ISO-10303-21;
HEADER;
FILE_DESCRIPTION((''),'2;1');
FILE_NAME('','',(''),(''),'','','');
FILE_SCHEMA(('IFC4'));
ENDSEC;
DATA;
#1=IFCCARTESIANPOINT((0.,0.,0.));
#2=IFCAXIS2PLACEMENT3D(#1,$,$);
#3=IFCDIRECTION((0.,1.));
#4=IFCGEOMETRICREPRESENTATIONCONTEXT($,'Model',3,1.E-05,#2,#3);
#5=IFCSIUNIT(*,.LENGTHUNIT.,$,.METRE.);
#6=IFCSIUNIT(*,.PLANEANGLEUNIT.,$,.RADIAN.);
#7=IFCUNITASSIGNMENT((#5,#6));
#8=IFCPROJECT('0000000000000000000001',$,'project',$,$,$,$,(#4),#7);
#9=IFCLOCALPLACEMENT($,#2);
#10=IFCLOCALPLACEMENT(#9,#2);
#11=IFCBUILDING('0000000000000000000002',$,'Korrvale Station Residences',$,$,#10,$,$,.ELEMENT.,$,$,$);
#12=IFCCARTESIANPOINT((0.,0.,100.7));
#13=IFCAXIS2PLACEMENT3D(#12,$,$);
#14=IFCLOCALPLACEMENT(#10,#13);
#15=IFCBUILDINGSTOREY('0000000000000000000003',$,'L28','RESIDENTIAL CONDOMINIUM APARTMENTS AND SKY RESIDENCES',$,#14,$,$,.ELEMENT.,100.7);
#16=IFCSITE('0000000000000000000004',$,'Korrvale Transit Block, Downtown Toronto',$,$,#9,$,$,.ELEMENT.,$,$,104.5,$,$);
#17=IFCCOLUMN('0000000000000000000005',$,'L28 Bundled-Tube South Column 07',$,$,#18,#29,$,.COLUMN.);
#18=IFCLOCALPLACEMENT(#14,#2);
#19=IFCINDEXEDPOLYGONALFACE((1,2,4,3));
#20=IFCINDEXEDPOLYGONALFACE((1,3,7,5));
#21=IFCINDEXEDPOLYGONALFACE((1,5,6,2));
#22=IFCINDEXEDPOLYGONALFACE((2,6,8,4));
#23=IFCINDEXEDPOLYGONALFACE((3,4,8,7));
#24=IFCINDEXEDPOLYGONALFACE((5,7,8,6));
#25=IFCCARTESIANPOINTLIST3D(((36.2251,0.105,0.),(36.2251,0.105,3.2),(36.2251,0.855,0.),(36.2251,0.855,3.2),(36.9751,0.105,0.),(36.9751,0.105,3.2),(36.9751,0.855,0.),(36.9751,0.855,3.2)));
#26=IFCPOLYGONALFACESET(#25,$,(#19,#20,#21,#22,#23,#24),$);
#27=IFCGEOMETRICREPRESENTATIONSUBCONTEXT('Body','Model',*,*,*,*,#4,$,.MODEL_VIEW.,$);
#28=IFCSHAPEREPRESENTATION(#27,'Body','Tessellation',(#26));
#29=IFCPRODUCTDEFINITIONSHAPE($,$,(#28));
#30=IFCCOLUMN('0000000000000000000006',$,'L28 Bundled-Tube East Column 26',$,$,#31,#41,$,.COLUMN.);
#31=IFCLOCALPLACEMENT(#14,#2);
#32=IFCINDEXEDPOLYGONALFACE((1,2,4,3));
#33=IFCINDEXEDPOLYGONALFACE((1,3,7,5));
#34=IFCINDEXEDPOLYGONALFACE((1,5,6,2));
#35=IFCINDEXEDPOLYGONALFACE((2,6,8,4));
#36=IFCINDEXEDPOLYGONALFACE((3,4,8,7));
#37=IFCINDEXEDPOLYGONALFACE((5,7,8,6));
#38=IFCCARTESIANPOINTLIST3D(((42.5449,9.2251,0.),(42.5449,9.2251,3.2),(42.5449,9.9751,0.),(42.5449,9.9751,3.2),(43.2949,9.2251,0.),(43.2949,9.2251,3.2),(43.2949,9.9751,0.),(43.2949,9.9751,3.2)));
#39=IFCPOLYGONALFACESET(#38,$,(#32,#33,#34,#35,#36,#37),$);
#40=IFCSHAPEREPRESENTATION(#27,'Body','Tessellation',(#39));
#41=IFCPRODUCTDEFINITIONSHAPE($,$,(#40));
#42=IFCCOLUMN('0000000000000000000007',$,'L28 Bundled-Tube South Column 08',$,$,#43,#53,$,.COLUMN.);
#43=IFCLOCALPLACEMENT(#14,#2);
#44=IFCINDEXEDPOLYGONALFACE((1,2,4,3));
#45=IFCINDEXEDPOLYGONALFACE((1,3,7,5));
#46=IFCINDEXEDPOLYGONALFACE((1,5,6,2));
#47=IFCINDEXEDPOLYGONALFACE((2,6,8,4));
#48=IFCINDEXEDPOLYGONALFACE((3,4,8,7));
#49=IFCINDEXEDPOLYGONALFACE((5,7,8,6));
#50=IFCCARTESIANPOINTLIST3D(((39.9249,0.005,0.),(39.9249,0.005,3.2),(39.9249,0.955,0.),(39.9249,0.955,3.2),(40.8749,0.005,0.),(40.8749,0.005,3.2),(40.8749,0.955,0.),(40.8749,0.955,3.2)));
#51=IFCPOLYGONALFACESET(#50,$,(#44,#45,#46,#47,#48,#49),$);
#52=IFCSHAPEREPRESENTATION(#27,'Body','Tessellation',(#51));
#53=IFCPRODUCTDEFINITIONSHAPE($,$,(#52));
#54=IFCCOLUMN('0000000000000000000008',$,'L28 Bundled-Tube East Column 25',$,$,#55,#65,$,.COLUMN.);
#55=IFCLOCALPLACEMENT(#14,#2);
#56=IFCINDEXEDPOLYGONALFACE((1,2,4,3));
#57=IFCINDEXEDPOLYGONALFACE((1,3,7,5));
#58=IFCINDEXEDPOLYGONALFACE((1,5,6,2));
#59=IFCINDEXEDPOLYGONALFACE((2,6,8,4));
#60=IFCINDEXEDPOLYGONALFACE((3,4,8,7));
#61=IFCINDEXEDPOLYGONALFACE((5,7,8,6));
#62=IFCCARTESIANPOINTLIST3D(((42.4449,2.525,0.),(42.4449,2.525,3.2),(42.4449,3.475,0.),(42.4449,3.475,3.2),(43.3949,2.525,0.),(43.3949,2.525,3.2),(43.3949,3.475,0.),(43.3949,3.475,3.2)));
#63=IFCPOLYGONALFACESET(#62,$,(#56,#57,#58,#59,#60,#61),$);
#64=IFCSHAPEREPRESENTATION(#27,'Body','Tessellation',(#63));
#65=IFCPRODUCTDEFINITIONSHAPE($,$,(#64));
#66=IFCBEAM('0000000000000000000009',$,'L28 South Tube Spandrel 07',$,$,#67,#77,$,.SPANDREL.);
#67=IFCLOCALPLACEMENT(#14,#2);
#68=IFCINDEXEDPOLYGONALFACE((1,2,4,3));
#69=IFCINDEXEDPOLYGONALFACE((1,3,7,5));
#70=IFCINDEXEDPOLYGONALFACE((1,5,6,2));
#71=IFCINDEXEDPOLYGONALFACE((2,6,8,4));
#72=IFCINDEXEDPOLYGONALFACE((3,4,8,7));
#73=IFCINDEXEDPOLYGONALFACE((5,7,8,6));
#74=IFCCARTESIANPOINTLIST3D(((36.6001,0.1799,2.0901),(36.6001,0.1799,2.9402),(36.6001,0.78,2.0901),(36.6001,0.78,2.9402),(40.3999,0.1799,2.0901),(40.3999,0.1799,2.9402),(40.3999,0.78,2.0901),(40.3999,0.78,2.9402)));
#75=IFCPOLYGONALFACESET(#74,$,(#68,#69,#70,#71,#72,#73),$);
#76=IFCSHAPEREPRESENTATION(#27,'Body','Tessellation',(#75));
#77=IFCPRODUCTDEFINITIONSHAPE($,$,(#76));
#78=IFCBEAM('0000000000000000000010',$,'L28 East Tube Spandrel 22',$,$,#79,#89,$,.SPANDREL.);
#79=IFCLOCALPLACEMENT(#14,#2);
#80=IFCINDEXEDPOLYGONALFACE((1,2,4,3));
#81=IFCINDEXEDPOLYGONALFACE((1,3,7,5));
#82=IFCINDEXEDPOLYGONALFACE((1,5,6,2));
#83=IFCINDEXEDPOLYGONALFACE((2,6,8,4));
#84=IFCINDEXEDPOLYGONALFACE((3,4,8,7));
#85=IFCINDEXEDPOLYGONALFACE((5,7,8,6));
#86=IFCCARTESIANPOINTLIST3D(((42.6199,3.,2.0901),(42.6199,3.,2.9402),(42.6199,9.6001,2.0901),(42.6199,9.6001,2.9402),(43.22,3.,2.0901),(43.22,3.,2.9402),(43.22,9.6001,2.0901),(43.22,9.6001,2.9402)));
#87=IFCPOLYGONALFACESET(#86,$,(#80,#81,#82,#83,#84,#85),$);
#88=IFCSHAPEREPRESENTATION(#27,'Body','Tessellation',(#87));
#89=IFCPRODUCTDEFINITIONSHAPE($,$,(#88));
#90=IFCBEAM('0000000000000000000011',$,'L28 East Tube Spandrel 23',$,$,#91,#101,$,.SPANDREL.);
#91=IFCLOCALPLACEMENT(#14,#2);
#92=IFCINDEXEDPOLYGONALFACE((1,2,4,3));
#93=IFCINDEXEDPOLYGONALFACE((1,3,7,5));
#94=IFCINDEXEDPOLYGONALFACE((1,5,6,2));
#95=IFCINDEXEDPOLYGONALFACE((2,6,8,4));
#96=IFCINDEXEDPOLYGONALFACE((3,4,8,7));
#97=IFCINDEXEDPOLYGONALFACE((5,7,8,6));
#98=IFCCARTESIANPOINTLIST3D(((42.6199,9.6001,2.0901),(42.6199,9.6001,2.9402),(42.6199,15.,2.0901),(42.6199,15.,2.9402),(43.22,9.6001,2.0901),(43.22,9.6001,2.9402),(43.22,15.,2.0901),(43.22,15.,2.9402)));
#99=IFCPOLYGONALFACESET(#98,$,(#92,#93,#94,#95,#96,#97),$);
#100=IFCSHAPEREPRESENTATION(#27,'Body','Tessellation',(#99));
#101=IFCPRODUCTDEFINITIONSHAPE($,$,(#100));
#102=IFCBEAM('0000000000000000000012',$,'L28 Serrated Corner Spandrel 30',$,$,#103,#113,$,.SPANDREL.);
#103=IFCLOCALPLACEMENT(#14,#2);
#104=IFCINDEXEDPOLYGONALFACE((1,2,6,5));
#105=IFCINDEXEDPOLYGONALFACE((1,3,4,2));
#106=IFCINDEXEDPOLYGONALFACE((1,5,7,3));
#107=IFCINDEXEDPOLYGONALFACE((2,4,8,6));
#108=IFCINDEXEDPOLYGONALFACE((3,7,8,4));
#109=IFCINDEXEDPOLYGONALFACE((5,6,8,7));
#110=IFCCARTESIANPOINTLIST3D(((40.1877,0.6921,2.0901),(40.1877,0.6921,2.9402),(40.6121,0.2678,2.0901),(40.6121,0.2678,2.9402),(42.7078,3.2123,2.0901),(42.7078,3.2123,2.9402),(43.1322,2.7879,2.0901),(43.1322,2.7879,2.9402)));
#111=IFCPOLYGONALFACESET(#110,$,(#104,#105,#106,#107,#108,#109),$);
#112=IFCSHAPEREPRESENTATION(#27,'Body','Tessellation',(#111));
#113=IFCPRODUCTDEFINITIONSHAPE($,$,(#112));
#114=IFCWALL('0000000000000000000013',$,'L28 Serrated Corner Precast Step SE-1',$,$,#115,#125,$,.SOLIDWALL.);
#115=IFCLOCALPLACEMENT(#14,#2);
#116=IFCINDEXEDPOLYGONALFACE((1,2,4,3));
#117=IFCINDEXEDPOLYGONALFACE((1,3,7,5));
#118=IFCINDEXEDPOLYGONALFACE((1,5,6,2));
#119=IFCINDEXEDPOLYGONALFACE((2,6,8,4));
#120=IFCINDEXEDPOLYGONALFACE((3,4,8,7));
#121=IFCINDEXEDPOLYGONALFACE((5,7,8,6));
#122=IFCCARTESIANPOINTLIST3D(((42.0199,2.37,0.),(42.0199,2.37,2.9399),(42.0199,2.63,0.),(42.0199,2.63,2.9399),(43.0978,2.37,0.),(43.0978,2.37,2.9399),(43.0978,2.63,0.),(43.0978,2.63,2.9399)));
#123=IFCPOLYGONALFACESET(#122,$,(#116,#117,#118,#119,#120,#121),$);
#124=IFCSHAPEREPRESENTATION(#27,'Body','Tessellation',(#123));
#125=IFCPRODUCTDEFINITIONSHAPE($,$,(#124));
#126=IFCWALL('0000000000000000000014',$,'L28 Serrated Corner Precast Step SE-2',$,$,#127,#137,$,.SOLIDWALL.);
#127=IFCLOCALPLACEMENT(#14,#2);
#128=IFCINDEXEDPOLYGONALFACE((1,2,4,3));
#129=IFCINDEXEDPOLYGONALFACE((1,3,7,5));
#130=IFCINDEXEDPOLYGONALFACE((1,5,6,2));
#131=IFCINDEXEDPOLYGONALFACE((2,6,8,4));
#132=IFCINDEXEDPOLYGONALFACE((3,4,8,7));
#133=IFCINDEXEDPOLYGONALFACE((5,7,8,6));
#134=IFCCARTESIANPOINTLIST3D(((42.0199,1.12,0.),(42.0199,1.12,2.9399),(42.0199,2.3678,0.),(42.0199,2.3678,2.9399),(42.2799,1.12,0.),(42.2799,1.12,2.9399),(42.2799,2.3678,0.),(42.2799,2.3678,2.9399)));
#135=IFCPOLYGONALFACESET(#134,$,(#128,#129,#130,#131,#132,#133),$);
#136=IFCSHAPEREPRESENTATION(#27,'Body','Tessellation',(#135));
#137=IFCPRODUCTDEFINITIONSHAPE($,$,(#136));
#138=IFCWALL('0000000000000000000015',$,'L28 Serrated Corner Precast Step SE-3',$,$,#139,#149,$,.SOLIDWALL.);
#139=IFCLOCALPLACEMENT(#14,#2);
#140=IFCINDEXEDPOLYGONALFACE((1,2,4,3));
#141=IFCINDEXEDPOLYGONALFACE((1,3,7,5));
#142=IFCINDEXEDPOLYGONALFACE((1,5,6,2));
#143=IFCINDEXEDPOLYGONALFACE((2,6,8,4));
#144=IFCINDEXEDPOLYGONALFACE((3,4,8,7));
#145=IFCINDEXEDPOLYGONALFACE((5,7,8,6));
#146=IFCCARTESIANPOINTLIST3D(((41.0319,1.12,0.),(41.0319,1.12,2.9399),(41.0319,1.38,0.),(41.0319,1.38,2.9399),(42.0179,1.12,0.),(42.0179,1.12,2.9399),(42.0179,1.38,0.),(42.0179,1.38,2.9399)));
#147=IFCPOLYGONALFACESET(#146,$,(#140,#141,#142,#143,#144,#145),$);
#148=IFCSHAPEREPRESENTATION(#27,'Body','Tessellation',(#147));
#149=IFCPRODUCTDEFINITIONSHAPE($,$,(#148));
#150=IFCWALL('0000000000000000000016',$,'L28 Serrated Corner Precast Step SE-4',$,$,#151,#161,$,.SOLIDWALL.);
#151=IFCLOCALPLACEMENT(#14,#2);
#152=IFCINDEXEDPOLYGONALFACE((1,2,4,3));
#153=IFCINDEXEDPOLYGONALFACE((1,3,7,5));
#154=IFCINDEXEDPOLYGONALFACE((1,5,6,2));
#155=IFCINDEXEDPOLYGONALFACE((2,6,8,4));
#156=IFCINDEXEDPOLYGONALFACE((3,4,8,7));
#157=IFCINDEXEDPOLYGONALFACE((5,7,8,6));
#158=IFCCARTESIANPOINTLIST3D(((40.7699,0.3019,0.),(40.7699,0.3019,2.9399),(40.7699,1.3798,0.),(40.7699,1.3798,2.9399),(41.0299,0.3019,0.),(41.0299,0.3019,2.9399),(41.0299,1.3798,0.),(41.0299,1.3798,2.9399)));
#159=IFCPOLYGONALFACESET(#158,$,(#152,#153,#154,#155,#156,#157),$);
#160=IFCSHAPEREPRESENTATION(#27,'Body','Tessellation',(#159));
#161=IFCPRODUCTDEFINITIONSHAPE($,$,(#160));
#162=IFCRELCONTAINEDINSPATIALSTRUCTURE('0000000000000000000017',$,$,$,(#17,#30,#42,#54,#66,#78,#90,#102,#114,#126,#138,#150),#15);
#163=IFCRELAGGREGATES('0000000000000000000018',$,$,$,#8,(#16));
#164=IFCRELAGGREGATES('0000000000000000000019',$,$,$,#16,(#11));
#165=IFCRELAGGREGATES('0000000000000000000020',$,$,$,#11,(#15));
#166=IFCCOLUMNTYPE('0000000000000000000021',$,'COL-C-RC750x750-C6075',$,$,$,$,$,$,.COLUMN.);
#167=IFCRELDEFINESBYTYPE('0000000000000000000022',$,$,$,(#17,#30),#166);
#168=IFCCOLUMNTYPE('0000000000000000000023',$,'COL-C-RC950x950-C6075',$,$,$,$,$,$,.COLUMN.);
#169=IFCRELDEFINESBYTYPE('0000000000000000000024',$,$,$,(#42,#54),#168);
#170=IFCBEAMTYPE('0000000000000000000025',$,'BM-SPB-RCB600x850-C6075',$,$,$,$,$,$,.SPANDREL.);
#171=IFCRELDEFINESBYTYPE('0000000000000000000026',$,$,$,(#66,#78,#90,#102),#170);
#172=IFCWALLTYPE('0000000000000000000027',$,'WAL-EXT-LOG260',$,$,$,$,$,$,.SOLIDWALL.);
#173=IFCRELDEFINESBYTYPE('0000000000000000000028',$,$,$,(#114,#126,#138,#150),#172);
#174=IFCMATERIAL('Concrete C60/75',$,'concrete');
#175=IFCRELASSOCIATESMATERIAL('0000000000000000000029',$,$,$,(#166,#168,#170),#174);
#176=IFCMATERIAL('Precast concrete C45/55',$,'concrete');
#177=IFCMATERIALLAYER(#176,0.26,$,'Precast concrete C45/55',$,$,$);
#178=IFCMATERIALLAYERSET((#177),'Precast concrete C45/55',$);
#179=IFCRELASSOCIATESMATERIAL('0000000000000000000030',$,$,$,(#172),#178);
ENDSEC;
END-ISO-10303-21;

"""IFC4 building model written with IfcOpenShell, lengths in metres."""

from ifc_helpers import new_model, si_unit, direction, frame, frame_2d, origin, origin_2d, place, context, subcontext, project, spatial, rectangle, extrude, material, layer, layer_set, material_profile, profile_set, type_object, element, save


model = new_model("IFC4")

# Units and contexts
model_context = context("Model", 3, precision=1e-05, world=origin(), true_north=direction((0.0, 1.0)))
body_context = subcontext(model_context, "Body", "Model", "MODEL_VIEW")
ifc_project = project(units=[si_unit("LENGTHUNIT", "METRE"), si_unit("PLANEANGLEUNIT", "RADIAN")], contexts=[model_context])

# Site, building, storey
site_placement = place(None, origin())
site = spatial("IfcSite", under=ifc_project, at=site_placement, Name="Korrvale Transit Block, Downtown Toronto", CompositionType="ELEMENT", RefElevation=104.5)
building_placement = place(site_placement, origin())
building = spatial("IfcBuilding", under=site, at=building_placement, Name="Korrvale Station Residences", CompositionType="ELEMENT")
storey_placement = place(building_placement, frame((0.0, 0.0, 100.7)))
storey = spatial("IfcBuildingStorey", under=building, at=storey_placement, Name="L28", Description="RESIDENTIAL CONDOMINIUM APARTMENTS AND SKY RESIDENCES", CompositionType="ELEMENT", Elevation=100.7)

# Columns
ifc_material_1 = material(Name="Concrete C60/75", Category="concrete")
ifc_material_profile_1 = material_profile(ifc_material_1, rectangle(XDim=0.75, YDim=0.75, at=origin_2d()), Name="RC750x750")
ifc_profile_set_1 = profile_set([ifc_material_profile_1], Name="Concrete C60/75")
column_type_1 = type_object("IfcColumnType", Name="COL-C-RC750x750-C6075", PredefinedType="COLUMN", material=ifc_profile_set_1)
for number, where, z_axis, x_axis, name in (
    (1, (36.6001, 0.48, 0.0), (0.0, 0.0, 1.0), (1.0, 0.0, 0.0), "L28 Bundled-Tube South Column 07"),
    (2, (42.9199, 9.6001, 0.0), (0.0, 0.0, 1.0), (1.0, 0.0, 0.0), "L28 Bundled-Tube East Column 26"),
):
    element("IfcColumn", number, at=place(storey_placement, frame(where, z_axis=z_axis, x_axis=x_axis)), inside=storey, type_object=column_type_1, Name=name, PredefinedType="COLUMN", context=body_context, shape_type="SweptSolid", body=[
        extrude(rectangle(XDim=0.75, YDim=0.75, at=origin_2d()), origin(), (0.0, 0.0, 1.0), 3.2),
    ])
ifc_material_profile_2 = material_profile(ifc_material_1, rectangle(XDim=0.95, YDim=0.95, at=origin_2d()), Name="RC950x950")
ifc_profile_set_2 = profile_set([ifc_material_profile_2], Name="Concrete C60/75")
column_type_2 = type_object("IfcColumnType", Name="COL-C-RC950x950-C6075", PredefinedType="COLUMN", material=ifc_profile_set_2)
for number, where, z_axis, x_axis, name in (
    (3, (40.3999, 0.48, 0.0), (0.0, 0.0, 1.0), (1.0, 0.0, 0.0), "L28 Bundled-Tube South Column 08"),
    (4, (42.9199, 3.0, 0.0), (0.0, 0.0, 1.0), (1.0, 0.0, 0.0), "L28 Bundled-Tube East Column 25"),
):
    element("IfcColumn", number, at=place(storey_placement, frame(where, z_axis=z_axis, x_axis=x_axis)), inside=storey, type_object=column_type_2, Name=name, PredefinedType="COLUMN", context=body_context, shape_type="SweptSolid", body=[
        extrude(rectangle(XDim=0.95, YDim=0.95, at=origin_2d()), origin(), (0.0, 0.0, 1.0), 3.2),
    ])

# Beams
ifc_material_profile_3 = material_profile(ifc_material_1, rectangle(XDim=0.6001, YDim=0.8501, at=origin_2d()), Name="RCB600x850")
ifc_profile_set_3 = profile_set([ifc_material_profile_3], Name="Concrete C60/75")
beam_type = type_object("IfcBeamType", Name="BM-SPB-RCB600x850-C6075", PredefinedType="SPANDREL", material=ifc_profile_set_3)
beam_1_placement = place(storey_placement, frame((36.6001, 0.48, 2.5151), z_axis=(1.0, 0.0, 0.0), x_axis=(0.0, 1.0, 0.0)))
element("IfcBeam", 5, at=beam_1_placement, inside=storey, type_object=beam_type, Name="L28 South Tube Spandrel 07", PredefinedType="SPANDREL", context=body_context, shape_type="SweptSolid", body=[
    extrude(rectangle(XDim=0.6001, YDim=0.8501, at=origin_2d()), origin(), (0.0, 0.0, 1.0), 3.7998),
])
beam_2_placement = place(storey_placement, frame((42.9199, 3.0, 2.5151), z_axis=(0.0, 1.0, 0.0), x_axis=(-1.0, 0.0, 0.0)))
element("IfcBeam", 6, at=beam_2_placement, inside=storey, type_object=beam_type, Name="L28 East Tube Spandrel 22", PredefinedType="SPANDREL", context=body_context, shape_type="SweptSolid", body=[
    extrude(rectangle(XDim=0.6001, YDim=0.8501, at=origin_2d()), origin(), (0.0, 0.0, 1.0), 6.6001),
])
beam_3_placement = place(storey_placement, frame((42.9199, 9.6001, 2.5151), z_axis=(0.0, 1.0, 0.0), x_axis=(-1.0, 0.0, 0.0)))
element("IfcBeam", 7, at=beam_3_placement, inside=storey, type_object=beam_type, Name="L28 East Tube Spandrel 23", PredefinedType="SPANDREL", context=body_context, shape_type="SweptSolid", body=[
    extrude(rectangle(XDim=0.6001, YDim=0.8501, at=origin_2d()), origin(), (0.0, 0.0, 1.0), 5.3999),
])
beam_4_placement = place(storey_placement, frame((40.3999, 0.48, 2.5151), z_axis=(0.707107, 0.707107, 0.0), x_axis=(-0.707107, 0.707107, 0.0)))
element("IfcBeam", 8, at=beam_4_placement, inside=storey, type_object=beam_type, Name="L28 Serrated Corner Spandrel 30", PredefinedType="SPANDREL", context=body_context, shape_type="SweptSolid", body=[
    extrude(rectangle(XDim=0.6001, YDim=0.8501, at=origin_2d()), origin(), (0.0, 0.0, 1.0), 3.564),
])

# Walls
ifc_material_2 = material(Name="Precast concrete C45/55", Category="concrete")
ifc_layer_1 = layer(ifc_material_2, 0.26, Name="Precast concrete C45/55")
ifc_layer_set_1 = layer_set([ifc_layer_1], Name="Precast concrete C45/55")
wall_type_1 = type_object("IfcWallType", Name="WAL-EXT-LOG260", PredefinedType="SOLIDWALL", material=ifc_layer_set_1)
wall_1_placement = place(storey_placement, frame((43.0979, 2.5, 0.0), z_axis=(0.0, 0.0, 1.0), x_axis=(-1.0, 0.0, 0.0)))
element("IfcWall", 9, at=wall_1_placement, inside=storey, type_object=wall_type_1, Name="L28 Serrated Corner Precast Step SE-1", PredefinedType="SOLIDWALL", context=body_context, shape_type="SweptSolid", body=[
    extrude(rectangle(XDim=1.0779, YDim=0.26, at=frame_2d((0.5391, 0.0))), origin(), (0.0, 0.0, 1.0), 2.9399),
])
wall_2_placement = place(storey_placement, frame((42.1499, 2.3679, 0.0), z_axis=(0.0, 0.0, 1.0), x_axis=(0.0, -1.0, 0.0)))
element("IfcWall", 10, at=wall_2_placement, inside=storey, type_object=wall_type_1, Name="L28 Serrated Corner Precast Step SE-2", PredefinedType="SOLIDWALL", context=body_context, shape_type="SweptSolid", body=[
    extrude(rectangle(XDim=1.2478, YDim=0.26, at=frame_2d((0.624, 0.0))), origin(), (0.0, 0.0, 1.0), 2.9399),
])
wall_3_placement = place(storey_placement, frame((42.0181, 1.25, 0.0), z_axis=(0.0, 0.0, 1.0), x_axis=(-1.0, 0.0, 0.0)))
element("IfcWall", 11, at=wall_3_placement, inside=storey, type_object=wall_type_1, Name="L28 Serrated Corner Precast Step SE-3", PredefinedType="SOLIDWALL", context=body_context, shape_type="SweptSolid", body=[
    extrude(rectangle(XDim=0.9861, YDim=0.26, at=frame_2d((0.4932, 0.0))), origin(), (0.0, 0.0, 1.0), 2.9399),
])
wall_4_placement = place(storey_placement, frame((40.8999, 1.3799, 0.0), z_axis=(0.0, 0.0, 1.0), x_axis=(0.0, -1.0, 0.0)))
element("IfcWall", 12, at=wall_4_placement, inside=storey, type_object=wall_type_1, Name="L28 Serrated Corner Precast Step SE-4", PredefinedType="SOLIDWALL", context=body_context, shape_type="SweptSolid", body=[
    extrude(rectangle(XDim=1.0779, YDim=0.26, at=frame_2d((0.5391, 0.0))), origin(), (0.0, 0.0, 1.0), 2.9399),
])

save(model, "model.ifc")
